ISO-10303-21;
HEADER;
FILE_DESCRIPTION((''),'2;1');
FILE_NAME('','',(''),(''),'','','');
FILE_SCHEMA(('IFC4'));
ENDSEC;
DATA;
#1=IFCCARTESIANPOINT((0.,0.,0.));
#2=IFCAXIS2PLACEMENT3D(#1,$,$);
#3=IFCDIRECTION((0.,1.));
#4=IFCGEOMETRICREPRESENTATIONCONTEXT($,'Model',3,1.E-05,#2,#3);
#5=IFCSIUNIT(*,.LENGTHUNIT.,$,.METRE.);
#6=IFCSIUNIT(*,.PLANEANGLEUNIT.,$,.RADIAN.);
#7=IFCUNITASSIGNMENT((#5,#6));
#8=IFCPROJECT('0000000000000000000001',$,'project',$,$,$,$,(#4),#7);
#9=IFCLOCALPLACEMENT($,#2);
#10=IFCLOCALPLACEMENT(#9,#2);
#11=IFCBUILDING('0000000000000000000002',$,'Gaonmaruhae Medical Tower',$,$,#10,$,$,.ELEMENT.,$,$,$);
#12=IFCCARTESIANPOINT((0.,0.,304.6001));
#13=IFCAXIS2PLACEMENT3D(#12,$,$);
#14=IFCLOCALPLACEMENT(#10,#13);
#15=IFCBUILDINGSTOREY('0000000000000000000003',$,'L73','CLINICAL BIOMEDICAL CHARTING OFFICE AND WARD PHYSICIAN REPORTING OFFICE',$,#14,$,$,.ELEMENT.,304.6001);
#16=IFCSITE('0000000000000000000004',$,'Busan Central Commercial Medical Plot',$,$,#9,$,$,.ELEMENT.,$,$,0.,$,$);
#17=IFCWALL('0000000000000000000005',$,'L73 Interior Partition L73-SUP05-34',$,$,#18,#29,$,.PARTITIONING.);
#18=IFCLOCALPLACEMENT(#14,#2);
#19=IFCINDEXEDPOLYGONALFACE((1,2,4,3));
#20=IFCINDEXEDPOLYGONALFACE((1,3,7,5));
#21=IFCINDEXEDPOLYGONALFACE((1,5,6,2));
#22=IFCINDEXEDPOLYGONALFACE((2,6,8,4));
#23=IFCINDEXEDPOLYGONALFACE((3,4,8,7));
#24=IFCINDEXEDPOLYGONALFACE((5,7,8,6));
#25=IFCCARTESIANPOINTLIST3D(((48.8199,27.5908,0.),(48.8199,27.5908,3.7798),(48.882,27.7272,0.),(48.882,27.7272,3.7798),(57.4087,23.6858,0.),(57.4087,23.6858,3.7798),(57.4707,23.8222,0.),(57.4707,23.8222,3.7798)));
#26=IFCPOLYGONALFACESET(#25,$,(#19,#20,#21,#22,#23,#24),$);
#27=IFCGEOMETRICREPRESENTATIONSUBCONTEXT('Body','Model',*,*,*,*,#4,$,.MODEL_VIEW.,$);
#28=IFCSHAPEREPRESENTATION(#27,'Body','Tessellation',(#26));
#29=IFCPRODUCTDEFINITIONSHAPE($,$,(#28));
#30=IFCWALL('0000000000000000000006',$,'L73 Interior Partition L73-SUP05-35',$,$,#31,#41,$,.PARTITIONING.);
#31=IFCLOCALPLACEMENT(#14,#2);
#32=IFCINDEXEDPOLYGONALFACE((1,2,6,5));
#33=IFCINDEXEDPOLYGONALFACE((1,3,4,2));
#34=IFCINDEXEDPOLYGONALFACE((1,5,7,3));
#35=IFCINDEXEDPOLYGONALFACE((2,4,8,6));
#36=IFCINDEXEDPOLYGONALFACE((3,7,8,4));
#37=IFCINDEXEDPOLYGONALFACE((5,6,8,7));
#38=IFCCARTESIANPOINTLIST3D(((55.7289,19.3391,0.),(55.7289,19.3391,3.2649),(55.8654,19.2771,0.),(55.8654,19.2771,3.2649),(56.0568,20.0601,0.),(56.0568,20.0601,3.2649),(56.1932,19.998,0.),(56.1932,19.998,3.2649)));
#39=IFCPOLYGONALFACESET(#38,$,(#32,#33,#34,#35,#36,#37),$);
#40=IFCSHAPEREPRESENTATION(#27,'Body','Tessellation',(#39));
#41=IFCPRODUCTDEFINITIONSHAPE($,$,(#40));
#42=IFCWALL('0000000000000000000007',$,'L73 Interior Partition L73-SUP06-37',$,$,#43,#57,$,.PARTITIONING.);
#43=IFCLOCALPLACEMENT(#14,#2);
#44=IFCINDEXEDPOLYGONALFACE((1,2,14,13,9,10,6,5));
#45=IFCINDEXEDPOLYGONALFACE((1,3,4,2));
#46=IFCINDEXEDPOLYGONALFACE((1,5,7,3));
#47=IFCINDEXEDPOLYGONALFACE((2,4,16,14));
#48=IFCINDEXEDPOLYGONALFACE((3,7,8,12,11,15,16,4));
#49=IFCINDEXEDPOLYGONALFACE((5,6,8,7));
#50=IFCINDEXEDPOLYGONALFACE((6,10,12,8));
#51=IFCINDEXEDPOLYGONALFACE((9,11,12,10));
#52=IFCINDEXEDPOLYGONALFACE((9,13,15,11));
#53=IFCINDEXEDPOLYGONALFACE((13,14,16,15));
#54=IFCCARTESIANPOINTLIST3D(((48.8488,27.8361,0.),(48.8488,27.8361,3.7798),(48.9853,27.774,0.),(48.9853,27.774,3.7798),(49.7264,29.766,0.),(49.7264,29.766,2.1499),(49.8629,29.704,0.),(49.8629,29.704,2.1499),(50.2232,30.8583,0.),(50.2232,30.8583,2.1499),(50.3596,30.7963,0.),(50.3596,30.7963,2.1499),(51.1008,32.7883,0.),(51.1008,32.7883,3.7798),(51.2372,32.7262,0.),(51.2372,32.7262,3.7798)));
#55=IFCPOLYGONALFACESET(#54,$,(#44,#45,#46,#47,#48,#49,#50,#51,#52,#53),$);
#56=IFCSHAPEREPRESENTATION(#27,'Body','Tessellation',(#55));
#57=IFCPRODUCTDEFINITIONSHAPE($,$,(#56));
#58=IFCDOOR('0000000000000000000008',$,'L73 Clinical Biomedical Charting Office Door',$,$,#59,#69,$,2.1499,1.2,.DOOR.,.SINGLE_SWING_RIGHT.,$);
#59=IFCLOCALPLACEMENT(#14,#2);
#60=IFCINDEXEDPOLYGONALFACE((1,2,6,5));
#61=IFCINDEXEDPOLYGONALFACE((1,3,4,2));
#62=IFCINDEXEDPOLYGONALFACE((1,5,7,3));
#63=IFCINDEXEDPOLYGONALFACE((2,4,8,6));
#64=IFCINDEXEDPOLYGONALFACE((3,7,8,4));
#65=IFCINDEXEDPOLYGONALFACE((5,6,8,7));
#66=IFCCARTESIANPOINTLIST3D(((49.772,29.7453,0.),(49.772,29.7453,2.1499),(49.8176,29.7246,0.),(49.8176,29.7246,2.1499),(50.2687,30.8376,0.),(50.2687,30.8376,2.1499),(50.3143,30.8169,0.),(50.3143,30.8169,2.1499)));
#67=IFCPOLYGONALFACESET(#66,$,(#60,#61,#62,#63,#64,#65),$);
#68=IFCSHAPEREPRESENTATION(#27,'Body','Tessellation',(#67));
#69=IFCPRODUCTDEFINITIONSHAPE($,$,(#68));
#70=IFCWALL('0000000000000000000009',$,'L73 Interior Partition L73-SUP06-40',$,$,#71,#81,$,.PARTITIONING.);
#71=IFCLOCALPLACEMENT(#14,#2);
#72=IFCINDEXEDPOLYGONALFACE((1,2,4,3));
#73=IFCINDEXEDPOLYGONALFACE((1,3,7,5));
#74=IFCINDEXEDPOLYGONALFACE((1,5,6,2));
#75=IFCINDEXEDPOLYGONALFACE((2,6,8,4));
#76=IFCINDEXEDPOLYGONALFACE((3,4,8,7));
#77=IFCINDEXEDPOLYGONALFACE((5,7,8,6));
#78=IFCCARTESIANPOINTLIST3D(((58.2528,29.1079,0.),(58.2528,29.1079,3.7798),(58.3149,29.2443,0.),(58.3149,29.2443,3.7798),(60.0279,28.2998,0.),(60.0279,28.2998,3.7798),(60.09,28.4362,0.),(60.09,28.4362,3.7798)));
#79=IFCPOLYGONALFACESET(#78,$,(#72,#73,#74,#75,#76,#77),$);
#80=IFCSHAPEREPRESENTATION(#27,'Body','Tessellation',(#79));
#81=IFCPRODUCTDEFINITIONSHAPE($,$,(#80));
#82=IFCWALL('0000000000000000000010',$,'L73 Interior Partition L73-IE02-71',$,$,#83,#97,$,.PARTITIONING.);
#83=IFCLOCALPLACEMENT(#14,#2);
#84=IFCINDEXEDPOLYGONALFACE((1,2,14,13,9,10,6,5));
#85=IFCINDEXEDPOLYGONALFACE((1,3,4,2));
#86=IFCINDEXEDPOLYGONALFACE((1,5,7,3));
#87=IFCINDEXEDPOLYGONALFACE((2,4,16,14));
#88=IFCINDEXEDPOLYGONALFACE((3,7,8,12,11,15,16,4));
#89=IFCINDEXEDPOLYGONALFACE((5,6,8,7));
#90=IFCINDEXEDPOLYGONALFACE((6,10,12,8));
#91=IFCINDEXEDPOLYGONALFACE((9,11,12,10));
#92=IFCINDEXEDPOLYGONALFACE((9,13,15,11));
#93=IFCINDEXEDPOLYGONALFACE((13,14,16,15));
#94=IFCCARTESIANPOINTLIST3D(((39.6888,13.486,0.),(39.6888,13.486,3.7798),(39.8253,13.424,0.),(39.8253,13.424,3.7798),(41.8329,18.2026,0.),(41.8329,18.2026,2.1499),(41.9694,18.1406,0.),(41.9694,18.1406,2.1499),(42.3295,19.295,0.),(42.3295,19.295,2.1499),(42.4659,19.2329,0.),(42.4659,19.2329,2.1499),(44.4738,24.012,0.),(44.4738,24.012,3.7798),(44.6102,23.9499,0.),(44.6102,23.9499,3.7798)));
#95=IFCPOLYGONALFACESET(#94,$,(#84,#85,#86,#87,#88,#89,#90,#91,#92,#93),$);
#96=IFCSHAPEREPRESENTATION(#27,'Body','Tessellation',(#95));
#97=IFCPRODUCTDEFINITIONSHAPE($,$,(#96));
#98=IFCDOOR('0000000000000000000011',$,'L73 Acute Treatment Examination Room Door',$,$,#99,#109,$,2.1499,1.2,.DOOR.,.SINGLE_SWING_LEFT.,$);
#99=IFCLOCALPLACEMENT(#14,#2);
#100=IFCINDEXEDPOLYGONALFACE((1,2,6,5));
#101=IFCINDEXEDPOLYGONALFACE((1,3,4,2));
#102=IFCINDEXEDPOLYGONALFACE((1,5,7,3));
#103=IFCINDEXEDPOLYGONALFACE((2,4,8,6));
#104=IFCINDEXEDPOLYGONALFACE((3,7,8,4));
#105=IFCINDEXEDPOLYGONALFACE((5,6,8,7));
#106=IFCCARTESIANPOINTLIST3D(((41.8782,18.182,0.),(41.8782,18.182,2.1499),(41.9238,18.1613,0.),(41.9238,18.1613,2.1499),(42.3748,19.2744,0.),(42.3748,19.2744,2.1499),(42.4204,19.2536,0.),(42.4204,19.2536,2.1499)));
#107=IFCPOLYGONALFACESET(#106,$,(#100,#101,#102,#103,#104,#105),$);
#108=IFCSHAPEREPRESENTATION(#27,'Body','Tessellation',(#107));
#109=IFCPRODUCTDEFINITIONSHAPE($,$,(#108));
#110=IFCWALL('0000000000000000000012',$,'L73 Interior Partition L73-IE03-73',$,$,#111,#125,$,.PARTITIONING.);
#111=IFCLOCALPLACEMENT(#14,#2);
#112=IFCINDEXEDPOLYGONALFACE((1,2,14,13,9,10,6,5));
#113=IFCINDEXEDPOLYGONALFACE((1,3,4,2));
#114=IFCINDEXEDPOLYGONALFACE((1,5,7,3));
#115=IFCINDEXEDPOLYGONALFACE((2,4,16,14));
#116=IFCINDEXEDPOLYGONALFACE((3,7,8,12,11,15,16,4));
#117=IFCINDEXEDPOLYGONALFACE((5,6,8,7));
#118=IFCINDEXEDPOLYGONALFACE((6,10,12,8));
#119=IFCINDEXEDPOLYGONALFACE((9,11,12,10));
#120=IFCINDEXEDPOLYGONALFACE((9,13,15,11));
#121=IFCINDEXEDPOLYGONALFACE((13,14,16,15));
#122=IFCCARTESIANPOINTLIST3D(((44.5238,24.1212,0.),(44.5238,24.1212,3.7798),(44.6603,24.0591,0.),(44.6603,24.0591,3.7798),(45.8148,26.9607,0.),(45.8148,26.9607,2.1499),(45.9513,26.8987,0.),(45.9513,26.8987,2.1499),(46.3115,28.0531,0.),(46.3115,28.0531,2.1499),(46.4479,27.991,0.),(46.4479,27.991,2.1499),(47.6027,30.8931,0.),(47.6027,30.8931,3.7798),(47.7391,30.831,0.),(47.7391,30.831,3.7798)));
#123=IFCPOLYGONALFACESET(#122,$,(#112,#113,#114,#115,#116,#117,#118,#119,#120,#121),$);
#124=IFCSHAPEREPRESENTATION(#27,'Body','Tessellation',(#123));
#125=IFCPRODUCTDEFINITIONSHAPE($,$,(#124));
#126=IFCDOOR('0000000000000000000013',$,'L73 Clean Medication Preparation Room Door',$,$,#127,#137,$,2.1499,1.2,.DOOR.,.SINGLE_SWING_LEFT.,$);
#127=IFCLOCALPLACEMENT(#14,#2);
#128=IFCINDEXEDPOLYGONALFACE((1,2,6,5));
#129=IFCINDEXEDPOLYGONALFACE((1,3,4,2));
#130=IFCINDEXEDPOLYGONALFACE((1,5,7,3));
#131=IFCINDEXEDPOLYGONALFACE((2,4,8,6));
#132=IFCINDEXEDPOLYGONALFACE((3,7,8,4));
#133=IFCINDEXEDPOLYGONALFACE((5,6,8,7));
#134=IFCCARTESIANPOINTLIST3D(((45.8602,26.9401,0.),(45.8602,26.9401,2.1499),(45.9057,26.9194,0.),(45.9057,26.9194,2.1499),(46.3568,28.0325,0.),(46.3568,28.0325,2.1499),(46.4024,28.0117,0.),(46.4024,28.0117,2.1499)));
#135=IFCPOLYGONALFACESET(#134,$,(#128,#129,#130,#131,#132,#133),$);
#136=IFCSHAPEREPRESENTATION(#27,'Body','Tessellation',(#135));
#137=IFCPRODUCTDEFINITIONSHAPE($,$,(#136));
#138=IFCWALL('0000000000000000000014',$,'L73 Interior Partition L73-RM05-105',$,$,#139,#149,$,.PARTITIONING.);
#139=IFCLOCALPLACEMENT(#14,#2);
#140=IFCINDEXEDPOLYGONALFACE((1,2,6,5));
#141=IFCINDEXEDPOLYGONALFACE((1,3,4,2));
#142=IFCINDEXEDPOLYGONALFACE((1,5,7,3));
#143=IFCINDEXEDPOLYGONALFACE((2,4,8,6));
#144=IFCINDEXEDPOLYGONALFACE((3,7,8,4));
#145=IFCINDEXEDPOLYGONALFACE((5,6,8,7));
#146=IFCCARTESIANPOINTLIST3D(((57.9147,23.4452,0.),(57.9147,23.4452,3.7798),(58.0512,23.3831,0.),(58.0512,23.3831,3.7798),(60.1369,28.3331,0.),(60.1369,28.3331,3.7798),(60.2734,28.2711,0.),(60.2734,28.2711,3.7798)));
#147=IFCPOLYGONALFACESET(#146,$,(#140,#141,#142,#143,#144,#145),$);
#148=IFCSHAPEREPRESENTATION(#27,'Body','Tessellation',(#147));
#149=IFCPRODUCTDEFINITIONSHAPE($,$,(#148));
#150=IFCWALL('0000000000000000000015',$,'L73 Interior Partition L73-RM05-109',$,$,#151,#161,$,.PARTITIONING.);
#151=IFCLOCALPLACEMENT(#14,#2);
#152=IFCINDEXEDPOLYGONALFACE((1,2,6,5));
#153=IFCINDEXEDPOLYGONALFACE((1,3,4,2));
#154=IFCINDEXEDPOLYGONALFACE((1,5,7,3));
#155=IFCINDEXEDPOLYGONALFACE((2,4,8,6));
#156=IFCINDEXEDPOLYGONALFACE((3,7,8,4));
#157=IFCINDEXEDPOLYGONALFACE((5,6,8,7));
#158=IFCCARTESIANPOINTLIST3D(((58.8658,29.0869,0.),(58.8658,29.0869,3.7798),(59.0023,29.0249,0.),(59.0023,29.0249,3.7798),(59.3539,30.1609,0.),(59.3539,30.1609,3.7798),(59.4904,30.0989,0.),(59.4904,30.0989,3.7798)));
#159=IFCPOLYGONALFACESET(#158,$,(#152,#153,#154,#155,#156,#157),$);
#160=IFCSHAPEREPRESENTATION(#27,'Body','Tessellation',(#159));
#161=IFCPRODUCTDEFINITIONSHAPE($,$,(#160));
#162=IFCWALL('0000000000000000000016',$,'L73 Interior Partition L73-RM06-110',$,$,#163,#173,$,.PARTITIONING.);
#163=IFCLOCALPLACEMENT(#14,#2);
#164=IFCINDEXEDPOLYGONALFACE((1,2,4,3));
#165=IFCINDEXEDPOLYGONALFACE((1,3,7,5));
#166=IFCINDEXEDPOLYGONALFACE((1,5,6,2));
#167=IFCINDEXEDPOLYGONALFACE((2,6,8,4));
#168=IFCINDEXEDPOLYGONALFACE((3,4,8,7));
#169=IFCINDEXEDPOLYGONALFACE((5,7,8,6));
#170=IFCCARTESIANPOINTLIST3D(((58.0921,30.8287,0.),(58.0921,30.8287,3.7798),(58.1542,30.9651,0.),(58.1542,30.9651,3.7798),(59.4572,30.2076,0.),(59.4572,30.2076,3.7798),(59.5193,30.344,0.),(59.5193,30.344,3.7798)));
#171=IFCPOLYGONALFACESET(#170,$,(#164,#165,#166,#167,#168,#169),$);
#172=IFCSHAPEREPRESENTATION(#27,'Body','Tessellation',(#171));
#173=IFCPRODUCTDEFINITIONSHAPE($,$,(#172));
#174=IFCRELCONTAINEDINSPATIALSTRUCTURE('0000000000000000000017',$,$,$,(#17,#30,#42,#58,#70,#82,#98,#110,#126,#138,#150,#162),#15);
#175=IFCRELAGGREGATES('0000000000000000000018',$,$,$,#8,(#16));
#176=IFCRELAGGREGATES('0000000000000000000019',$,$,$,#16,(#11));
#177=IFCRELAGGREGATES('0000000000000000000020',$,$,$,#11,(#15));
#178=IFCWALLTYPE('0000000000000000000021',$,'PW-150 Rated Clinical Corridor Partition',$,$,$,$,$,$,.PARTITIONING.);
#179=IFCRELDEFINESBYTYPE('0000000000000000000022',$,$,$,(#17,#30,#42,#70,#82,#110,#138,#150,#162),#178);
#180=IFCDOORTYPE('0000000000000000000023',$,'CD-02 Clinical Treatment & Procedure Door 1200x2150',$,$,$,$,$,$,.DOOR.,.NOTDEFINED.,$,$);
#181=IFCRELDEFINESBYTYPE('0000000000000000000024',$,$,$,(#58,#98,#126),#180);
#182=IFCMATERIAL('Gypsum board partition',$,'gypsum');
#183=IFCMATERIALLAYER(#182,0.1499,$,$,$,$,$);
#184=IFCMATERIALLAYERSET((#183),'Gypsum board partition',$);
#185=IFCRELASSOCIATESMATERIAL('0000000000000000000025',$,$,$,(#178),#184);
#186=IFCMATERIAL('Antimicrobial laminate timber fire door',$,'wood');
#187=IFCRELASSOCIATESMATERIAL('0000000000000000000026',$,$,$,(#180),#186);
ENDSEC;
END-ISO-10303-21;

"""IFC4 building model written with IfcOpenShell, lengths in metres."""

from ifc_helpers import new_model, si_unit, direction, frame, frame_2d, origin, place, context, subcontext, project, spatial, rectangle, extrude, material, layer, layer_set, type_object, element, fill, save


model = new_model("IFC4")

# Units and contexts
model_context = context("Model", 3, precision=1e-05, world=origin(), true_north=direction((0.0, 1.0)))
body_context = subcontext(model_context, "Body", "Model", "MODEL_VIEW")
ifc_project = project(units=[si_unit("LENGTHUNIT", "METRE"), si_unit("PLANEANGLEUNIT", "RADIAN")], contexts=[model_context])

# Site, building, storey
site_placement = place(None, origin())
site = spatial("IfcSite", under=ifc_project, at=site_placement, Name="Busan Central Commercial Medical Plot", CompositionType="ELEMENT", RefElevation=0.0)
building_placement = place(site_placement, origin())
building = spatial("IfcBuilding", under=site, at=building_placement, Name="Gaonmaruhae Medical Tower", CompositionType="ELEMENT")
storey_placement = place(building_placement, frame((0.0, 0.0, 304.6001)))
storey = spatial("IfcBuildingStorey", under=building, at=storey_placement, Name="L73", Description="CLINICAL BIOMEDICAL CHARTING OFFICE AND WARD PHYSICIAN REPORTING OFFICE", CompositionType="ELEMENT", Elevation=304.6001)

# Shared definitions
ifc_material_1 = material(Name="Gypsum board partition", Category="gypsum")
ifc_layer_1 = layer(ifc_material_1, 0.1499)
ifc_layer_set_1 = layer_set([ifc_layer_1], Name="Gypsum board partition")
wall_type_1 = type_object("IfcWallType", Name="PW-150 Rated Clinical Corridor Partition", PredefinedType="PARTITIONING", material=ifc_layer_set_1)

# Shared definitions
ifc_material_2 = material(Name="Antimicrobial laminate timber fire door", Category="wood")
door_type = type_object("IfcDoorType", Name="CD-02 Clinical Treatment & Procedure Door 1200x2150", OperationType="NOTDEFINED", PredefinedType="DOOR", material=ifc_material_2)

# Walls
wall_1_placement = place(storey_placement, frame((48.8511, 27.6589, 0.0), z_axis=(0.0, 0.0, 1.0), x_axis=(0.910327, -0.413891, 0.0)))
element("IfcWall", 1, at=wall_1_placement, inside=storey, type_object=wall_type_1, Name="L73 Interior Partition L73-SUP05-34", PredefinedType="PARTITIONING", context=body_context, shape_type="SweptSolid", body=[
    extrude(rectangle(XDim=9.4348, YDim=0.1499, at=frame_2d((4.7173, 0.0))), origin(), (0.0, 0.0, 1.0), 3.7798),
])
wall_2_placement = place(storey_placement, frame((56.125, 20.0291, 0.0), z_axis=(0.0, 0.0, 1.0), x_axis=(-0.413989, -0.910282, 0.0)))
element("IfcWall", 2, at=wall_2_placement, inside=storey, type_object=wall_type_1, Name="L73 Interior Partition L73-SUP05-35", PredefinedType="PARTITIONING", context=body_context, shape_type="SweptSolid", body=[
    extrude(rectangle(XDim=0.792, YDim=0.1499, at=frame_2d((0.396, 0.0))), origin(), (0.0, 0.0, 1.0), 3.2649),
])

# Wall, opening, door
wall_3_placement = place(storey_placement, frame((48.917, 27.8049, 0.0), z_axis=(0.0, 0.0, 1.0), x_axis=(0.413952, 0.910299, 0.0)))
wall_3 = element("IfcWall", 3, at=wall_3_placement, inside=storey, type_object=wall_type_1, Name="L73 Interior Partition L73-SUP06-37", PredefinedType="PARTITIONING", context=body_context, shape_type="SweptSolid", body=[
    extrude(rectangle(XDim=5.4402, YDim=0.1499, at=frame_2d((2.7202, 0.0))), origin(), (0.0, 0.0, 1.0), 3.7798),
])
opening_1_placement = place(wall_3_placement, frame((2.1201, 0.0, 0.0)))
opening_1 = element("IfcOpeningElement", 4, at=opening_1_placement, cuts=wall_3, PredefinedType="OPENING", context=body_context, shape_type="SweptSolid", body=[
    extrude(rectangle(XDim=1.2, YDim=2.1499, at=frame_2d((0.6001, 1.075))), frame((0.0, 0.085, 0.0), z_axis=(0.0, -1.0, 0.0), x_axis=(1.0, 0.0, 0.0)), (0.0, 0.0, 1.0), 0.1699),
])
door_1_placement = place(opening_1_placement, origin())
door_1 = element("IfcDoor", 5, at=door_1_placement, inside=storey, type_object=door_type, Name="L73 Clinical Biomedical Charting Office Door", OperationType="SINGLE_SWING_RIGHT", OverallHeight=2.1499, OverallWidth=1.2, PredefinedType="DOOR", context=body_context, shape_type="SweptSolid", body=[
    extrude(rectangle(XDim=1.2, YDim=2.1499, at=frame_2d((0.6001, 1.075))), frame((0.0, 0.0249, 0.0), z_axis=(0.0, -1.0, 0.0), x_axis=(1.0, 0.0, 0.0)), (0.0, 0.0, 1.0), 0.05),
])
fill(opening_1, door_1)

# Wall
wall_4_placement = place(storey_placement, frame((58.2839, 29.176, 0.0), z_axis=(0.0, 0.0, 1.0), x_axis=(0.910131, -0.414322, 0.0)))
element("IfcWall", 6, at=wall_4_placement, inside=storey, type_object=wall_type_1, Name="L73 Interior Partition L73-SUP06-40", PredefinedType="PARTITIONING", context=body_context, shape_type="SweptSolid", body=[
    extrude(rectangle(XDim=1.9504, YDim=0.1499, at=frame_2d((0.9751, 0.0))), origin(), (0.0, 0.0, 1.0), 3.7798),
])

# Walls, openings, doors
wall_5_placement = place(storey_placement, frame((44.542, 23.981, 0.0), z_axis=(0.0, 0.0, 1.0), x_axis=(-0.413833, -0.910353, 0.0)))
wall_5 = element("IfcWall", 7, at=wall_5_placement, inside=storey, type_object=wall_type_1, Name="L73 Interior Partition L73-IE02-71", PredefinedType="PARTITIONING", context=body_context, shape_type="SweptSolid", body=[
    extrude(rectangle(XDim=11.5625, YDim=0.1499, at=frame_2d((5.7812, 0.0))), origin(), (0.0, 0.0, 1.0), 3.7798),
])
opening_2_placement = place(wall_5_placement, frame((5.1814, 0.0, 0.0)))
opening_2 = element("IfcOpeningElement", 8, at=opening_2_placement, cuts=wall_5, PredefinedType="OPENING", context=body_context, shape_type="SweptSolid", body=[
    extrude(rectangle(XDim=1.2, YDim=2.1499, at=frame_2d((0.6001, 1.075))), frame((0.0, 0.085, 0.0), z_axis=(0.0, -1.0, 0.0), x_axis=(1.0, 0.0, 0.0)), (0.0, 0.0, 1.0), 0.1699),
])
door_2_placement = place(opening_2_placement, origin())
door_2 = element("IfcDoor", 9, at=door_2_placement, inside=storey, type_object=door_type, Name="L73 Acute Treatment Examination Room Door", OperationType="SINGLE_SWING_LEFT", OverallHeight=2.1499, OverallWidth=1.2, PredefinedType="DOOR", context=body_context, shape_type="SweptSolid", body=[
    extrude(rectangle(XDim=1.2, YDim=2.1499, at=frame_2d((0.6001, 1.075))), frame((0.0, 0.0249, 0.0), z_axis=(0.0, -1.0, 0.0), x_axis=(1.0, 0.0, 0.0)), (0.0, 0.0, 1.0), 0.05),
])
fill(opening_2, door_2)
wall_6_placement = place(storey_placement, frame((47.6709, 30.8621, 0.0), z_axis=(0.0, 0.0, 1.0), x_axis=(-0.41388, -0.910332, 0.0)))
wall_6 = element("IfcWall", 10, at=wall_6_placement, inside=storey, type_object=wall_type_1, Name="L73 Interior Partition L73-IE03-73", PredefinedType="PARTITIONING", context=body_context, shape_type="SweptSolid", body=[
    extrude(rectangle(XDim=7.439, YDim=0.1499, at=frame_2d((3.7195, 0.0))), origin(), (0.0, 0.0, 1.0), 3.7798),
])
opening_3_placement = place(wall_6_placement, frame((3.1196, 0.0, 0.0)))
opening_3 = element("IfcOpeningElement", 11, at=opening_3_placement, cuts=wall_6, PredefinedType="OPENING", context=body_context, shape_type="SweptSolid", body=[
    extrude(rectangle(XDim=1.2, YDim=2.1499, at=frame_2d((0.6001, 1.075))), frame((0.0, 0.085, 0.0), z_axis=(0.0, -1.0, 0.0), x_axis=(1.0, 0.0, 0.0)), (0.0, 0.0, 1.0), 0.1699),
])
door_3_placement = place(opening_3_placement, origin())
door_3 = element("IfcDoor", 12, at=door_3_placement, inside=storey, type_object=door_type, Name="L73 Clean Medication Preparation Room Door", OperationType="SINGLE_SWING_LEFT", OverallHeight=2.1499, OverallWidth=1.2, PredefinedType="DOOR", context=body_context, shape_type="SweptSolid", body=[
    extrude(rectangle(XDim=1.2, YDim=2.1499, at=frame_2d((0.6001, 1.075))), frame((0.0, 0.0249, 0.0), z_axis=(0.0, -1.0, 0.0), x_axis=(1.0, 0.0, 0.0)), (0.0, 0.0, 1.0), 0.05),
])
fill(opening_3, door_3)

# Walls
wall_7_placement = place(storey_placement, frame((60.2051, 28.302, 0.0), z_axis=(0.0, 0.0, 1.0), x_axis=(-0.413861, -0.91034, 0.0)))
element("IfcWall", 13, at=wall_7_placement, inside=storey, type_object=wall_type_1, Name="L73 Interior Partition L73-RM05-105", PredefinedType="PARTITIONING", context=body_context, shape_type="SweptSolid", body=[
    extrude(rectangle(XDim=5.3694, YDim=0.1499, at=frame_2d((2.6846, 0.0))), origin(), (0.0, 0.0, 1.0), 3.7798),
])
wall_8_placement = place(storey_placement, frame((59.4221, 30.1299, 0.0), z_axis=(0.0, 0.0, 1.0), x_axis=(-0.413709, -0.910409, 0.0)))
element("IfcWall", 14, at=wall_8_placement, inside=storey, type_object=wall_type_1, Name="L73 Interior Partition L73-RM05-109", PredefinedType="PARTITIONING", context=body_context, shape_type="SweptSolid", body=[
    extrude(rectangle(XDim=1.1797, YDim=0.1499, at=frame_2d((0.5898, 0.0))), origin(), (0.0, 0.0, 1.0), 3.7798),
])
wall_9_placement = place(storey_placement, frame((58.123, 30.897, 0.0), z_axis=(0.0, 0.0, 1.0), x_axis=(0.910205, -0.414159, 0.0)))
element("IfcWall", 15, at=wall_9_placement, inside=storey, type_object=wall_type_1, Name="L73 Interior Partition L73-RM06-110", PredefinedType="PARTITIONING", context=body_context, shape_type="SweptSolid", body=[
    extrude(rectangle(XDim=1.4998, YDim=0.1499, at=frame_2d((0.75, 0.0))), origin(), (0.0, 0.0, 1.0), 3.7798),
])

save(model, "model.ifc")
